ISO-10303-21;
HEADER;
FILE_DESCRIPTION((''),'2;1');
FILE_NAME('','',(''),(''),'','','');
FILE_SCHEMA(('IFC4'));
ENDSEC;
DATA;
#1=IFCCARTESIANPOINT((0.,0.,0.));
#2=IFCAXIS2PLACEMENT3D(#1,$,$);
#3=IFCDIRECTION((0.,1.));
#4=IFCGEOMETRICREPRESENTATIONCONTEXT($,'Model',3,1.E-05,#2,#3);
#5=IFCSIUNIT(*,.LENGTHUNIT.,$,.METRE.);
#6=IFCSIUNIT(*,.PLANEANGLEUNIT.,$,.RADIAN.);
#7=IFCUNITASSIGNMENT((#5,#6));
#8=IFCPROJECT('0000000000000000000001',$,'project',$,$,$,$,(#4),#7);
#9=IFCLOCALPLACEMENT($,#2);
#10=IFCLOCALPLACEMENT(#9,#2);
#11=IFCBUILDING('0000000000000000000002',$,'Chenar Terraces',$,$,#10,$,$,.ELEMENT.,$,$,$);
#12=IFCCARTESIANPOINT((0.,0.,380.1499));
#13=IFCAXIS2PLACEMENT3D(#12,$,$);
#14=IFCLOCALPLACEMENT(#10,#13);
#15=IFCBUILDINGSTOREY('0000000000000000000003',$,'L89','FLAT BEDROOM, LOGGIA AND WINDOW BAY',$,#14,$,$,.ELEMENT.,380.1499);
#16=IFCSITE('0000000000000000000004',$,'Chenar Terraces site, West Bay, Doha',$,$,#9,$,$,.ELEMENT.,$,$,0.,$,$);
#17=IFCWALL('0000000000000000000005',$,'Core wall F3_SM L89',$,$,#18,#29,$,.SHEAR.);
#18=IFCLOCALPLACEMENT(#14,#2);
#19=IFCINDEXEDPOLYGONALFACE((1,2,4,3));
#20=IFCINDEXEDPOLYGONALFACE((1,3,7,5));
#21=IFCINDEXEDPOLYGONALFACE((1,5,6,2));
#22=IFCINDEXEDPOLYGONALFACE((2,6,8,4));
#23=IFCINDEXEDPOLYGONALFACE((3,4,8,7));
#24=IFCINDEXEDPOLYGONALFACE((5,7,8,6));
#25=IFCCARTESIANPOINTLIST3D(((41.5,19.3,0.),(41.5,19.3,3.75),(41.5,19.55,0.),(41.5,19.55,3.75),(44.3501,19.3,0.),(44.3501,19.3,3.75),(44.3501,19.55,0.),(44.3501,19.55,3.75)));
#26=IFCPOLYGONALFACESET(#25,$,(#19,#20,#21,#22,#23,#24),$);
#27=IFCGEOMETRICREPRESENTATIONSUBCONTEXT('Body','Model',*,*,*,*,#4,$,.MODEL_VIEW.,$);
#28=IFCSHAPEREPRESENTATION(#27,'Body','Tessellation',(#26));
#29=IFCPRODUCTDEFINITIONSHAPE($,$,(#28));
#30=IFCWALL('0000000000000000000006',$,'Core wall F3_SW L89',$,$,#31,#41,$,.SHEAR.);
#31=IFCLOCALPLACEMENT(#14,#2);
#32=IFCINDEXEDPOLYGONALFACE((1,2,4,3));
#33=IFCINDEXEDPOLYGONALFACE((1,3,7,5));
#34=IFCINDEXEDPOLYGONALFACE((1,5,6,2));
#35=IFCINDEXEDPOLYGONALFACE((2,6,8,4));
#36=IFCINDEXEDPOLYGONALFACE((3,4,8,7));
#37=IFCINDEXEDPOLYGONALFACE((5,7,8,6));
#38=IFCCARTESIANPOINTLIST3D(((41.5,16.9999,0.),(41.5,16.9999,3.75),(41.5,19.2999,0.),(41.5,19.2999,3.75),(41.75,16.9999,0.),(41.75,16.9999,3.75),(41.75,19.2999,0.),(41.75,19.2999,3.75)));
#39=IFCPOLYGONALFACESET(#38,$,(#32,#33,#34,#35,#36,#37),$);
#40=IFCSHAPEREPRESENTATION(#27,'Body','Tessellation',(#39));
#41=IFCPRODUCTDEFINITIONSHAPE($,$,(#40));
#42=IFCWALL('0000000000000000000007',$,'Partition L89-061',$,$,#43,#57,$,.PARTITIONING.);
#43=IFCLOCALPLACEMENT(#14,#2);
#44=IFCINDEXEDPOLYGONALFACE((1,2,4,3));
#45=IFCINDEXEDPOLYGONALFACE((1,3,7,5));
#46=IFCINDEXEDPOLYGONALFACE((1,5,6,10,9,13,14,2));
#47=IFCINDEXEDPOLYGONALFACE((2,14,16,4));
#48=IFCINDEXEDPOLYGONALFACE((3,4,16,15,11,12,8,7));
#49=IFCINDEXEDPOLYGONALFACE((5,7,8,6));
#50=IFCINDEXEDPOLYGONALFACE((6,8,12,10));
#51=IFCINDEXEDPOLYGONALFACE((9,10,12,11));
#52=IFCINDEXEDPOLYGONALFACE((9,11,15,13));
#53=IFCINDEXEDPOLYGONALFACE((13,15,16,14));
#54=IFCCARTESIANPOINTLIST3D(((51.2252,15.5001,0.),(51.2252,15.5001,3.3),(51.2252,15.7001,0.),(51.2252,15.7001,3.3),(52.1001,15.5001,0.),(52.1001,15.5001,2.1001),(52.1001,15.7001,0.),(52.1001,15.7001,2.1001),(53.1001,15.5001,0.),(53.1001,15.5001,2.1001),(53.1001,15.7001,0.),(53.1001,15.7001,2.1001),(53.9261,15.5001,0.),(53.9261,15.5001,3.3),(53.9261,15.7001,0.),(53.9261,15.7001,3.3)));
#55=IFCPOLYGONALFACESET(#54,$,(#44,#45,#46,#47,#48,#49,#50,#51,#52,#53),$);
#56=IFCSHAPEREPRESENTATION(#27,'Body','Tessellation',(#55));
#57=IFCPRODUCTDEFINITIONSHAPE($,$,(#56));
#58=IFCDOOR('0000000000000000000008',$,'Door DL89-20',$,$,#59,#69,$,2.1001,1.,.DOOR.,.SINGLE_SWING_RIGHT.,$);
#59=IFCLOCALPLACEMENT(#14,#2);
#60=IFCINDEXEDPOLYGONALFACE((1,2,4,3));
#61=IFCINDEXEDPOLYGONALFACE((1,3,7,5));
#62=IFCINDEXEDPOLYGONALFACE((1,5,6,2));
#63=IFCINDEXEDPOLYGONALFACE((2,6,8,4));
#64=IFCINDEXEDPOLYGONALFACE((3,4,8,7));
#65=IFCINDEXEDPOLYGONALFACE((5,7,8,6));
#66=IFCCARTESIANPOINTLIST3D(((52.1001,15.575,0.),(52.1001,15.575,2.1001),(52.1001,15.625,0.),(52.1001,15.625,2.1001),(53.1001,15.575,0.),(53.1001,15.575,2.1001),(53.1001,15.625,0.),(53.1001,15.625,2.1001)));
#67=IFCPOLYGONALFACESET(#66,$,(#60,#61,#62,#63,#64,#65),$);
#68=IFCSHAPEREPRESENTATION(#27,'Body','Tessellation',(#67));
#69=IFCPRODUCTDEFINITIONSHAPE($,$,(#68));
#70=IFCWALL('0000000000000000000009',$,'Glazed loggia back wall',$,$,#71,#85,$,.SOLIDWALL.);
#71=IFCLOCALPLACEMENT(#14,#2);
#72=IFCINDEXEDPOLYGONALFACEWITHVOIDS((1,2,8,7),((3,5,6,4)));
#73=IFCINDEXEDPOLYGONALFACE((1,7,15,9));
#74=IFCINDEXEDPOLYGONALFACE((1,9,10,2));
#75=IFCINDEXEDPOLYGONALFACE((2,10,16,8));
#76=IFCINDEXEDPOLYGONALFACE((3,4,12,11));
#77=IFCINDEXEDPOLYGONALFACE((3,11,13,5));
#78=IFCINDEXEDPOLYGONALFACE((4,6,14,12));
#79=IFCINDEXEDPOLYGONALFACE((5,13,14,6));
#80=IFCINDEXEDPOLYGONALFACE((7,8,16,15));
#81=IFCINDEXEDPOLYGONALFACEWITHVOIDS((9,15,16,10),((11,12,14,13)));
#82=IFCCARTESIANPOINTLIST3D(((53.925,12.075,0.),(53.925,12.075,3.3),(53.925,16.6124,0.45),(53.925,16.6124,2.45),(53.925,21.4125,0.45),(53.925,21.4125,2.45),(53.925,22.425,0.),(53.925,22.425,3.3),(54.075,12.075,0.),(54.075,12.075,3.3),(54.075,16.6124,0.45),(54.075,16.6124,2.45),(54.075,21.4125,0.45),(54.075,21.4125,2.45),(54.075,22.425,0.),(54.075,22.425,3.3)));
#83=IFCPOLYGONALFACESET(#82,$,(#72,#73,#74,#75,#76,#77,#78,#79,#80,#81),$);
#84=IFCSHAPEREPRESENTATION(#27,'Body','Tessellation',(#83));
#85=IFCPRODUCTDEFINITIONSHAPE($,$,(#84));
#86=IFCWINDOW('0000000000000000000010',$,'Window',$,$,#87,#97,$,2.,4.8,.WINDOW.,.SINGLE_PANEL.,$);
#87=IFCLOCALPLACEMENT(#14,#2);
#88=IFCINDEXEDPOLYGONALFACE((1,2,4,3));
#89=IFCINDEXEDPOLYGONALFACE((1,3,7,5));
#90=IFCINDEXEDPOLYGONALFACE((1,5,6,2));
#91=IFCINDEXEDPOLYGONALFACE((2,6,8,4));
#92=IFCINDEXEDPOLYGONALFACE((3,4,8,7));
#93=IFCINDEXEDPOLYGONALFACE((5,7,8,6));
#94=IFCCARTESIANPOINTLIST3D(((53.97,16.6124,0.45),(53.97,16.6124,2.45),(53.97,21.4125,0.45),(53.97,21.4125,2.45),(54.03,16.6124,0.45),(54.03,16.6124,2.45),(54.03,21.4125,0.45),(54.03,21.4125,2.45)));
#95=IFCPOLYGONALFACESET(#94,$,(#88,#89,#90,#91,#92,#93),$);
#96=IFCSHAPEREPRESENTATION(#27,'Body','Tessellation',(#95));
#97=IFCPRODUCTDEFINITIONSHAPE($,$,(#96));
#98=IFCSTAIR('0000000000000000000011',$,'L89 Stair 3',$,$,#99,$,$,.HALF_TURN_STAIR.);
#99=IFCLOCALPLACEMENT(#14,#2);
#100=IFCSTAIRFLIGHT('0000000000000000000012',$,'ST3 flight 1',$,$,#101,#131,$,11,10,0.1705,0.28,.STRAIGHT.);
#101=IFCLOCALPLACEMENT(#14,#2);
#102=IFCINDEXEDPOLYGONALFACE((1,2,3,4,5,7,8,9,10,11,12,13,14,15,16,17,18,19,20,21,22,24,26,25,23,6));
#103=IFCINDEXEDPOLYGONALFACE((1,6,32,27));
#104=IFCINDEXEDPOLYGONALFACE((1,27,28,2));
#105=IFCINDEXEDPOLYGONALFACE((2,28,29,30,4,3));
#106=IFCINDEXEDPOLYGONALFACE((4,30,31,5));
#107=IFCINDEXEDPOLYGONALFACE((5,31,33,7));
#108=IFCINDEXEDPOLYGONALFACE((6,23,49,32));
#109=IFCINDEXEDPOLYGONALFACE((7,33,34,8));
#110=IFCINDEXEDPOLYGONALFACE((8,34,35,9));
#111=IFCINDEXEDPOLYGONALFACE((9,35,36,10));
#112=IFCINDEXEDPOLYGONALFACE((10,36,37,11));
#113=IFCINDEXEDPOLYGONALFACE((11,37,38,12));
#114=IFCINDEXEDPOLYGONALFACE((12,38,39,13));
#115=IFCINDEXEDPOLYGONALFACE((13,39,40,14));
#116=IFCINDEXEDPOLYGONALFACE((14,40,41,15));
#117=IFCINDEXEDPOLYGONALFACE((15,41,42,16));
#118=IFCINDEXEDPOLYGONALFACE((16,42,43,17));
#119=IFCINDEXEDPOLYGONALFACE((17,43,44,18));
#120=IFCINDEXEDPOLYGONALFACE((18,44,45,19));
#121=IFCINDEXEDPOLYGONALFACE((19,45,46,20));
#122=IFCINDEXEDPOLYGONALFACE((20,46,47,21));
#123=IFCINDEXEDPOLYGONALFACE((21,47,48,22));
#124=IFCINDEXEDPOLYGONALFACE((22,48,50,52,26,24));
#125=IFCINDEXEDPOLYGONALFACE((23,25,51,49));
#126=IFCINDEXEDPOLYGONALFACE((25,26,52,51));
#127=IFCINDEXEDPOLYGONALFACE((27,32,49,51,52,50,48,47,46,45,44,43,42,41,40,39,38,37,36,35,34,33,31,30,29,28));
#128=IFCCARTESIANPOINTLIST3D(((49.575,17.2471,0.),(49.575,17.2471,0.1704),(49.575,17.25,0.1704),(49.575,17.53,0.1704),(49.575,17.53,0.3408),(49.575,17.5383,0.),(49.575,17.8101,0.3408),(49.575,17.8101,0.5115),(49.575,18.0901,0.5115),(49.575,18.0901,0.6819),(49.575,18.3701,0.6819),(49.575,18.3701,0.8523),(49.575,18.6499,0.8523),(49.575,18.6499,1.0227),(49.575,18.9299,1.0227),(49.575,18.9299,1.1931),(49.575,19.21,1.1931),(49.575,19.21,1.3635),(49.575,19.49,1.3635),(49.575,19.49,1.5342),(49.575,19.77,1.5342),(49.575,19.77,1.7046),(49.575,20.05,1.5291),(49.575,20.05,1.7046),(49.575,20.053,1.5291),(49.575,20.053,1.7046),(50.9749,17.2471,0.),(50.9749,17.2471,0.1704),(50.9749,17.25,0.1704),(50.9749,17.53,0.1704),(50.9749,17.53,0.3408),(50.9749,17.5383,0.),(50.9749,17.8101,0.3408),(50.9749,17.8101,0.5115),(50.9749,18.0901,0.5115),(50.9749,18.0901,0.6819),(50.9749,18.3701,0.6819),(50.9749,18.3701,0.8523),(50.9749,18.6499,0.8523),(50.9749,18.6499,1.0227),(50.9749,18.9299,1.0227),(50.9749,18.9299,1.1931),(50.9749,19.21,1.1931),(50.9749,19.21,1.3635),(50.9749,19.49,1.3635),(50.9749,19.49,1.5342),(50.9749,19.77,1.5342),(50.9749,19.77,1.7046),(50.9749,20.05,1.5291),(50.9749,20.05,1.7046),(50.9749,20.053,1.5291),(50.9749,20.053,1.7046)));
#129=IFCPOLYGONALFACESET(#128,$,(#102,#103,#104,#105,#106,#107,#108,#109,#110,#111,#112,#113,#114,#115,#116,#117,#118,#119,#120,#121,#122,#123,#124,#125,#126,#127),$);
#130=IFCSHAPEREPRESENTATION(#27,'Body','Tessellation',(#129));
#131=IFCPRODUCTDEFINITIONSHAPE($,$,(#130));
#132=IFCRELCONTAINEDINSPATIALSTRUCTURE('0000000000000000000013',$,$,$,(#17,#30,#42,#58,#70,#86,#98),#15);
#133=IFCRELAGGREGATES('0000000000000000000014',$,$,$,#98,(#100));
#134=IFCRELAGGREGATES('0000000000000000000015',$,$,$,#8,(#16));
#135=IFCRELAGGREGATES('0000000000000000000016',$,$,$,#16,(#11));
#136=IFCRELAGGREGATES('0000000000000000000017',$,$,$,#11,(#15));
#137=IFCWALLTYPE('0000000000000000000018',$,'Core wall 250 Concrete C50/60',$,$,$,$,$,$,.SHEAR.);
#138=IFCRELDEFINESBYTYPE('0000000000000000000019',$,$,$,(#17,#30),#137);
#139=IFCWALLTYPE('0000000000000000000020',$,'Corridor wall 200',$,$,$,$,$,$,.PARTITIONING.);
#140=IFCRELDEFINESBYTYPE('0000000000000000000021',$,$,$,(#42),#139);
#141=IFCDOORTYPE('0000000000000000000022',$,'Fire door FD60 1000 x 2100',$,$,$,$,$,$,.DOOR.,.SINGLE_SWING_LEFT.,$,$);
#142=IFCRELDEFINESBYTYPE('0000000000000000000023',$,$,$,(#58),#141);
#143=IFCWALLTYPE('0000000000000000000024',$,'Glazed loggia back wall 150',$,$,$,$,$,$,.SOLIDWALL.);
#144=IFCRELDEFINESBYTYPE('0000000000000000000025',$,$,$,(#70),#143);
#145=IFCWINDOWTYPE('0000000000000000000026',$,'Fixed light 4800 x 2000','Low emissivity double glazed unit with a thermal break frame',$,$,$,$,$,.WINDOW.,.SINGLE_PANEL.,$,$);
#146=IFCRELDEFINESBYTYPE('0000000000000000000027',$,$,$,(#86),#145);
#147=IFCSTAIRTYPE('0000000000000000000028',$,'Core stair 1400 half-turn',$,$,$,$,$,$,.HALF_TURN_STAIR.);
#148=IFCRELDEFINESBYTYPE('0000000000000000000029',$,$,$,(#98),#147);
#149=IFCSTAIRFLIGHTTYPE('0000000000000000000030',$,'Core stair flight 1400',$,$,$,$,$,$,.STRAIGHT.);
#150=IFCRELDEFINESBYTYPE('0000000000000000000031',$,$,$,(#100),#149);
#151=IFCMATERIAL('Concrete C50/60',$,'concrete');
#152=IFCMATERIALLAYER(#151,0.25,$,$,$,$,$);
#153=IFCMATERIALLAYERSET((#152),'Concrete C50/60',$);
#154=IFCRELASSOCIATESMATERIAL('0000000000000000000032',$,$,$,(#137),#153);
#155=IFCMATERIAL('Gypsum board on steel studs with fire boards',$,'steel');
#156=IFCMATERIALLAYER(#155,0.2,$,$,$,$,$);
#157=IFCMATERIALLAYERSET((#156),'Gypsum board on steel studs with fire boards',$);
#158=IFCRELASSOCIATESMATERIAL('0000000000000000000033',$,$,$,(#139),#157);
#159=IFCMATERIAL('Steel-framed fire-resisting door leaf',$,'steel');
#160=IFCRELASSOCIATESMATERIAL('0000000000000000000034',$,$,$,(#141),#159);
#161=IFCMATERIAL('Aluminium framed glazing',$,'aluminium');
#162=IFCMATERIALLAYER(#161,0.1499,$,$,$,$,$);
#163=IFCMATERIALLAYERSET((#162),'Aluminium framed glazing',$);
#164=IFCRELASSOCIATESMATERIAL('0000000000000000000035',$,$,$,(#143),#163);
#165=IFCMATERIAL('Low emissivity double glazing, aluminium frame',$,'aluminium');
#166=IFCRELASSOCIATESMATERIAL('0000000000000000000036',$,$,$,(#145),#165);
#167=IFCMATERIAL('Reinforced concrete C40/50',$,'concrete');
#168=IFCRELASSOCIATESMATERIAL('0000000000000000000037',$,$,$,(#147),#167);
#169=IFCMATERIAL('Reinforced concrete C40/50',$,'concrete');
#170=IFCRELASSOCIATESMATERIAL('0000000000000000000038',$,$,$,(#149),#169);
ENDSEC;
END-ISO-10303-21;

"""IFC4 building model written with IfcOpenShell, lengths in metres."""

from ifc_helpers import new_model, si_unit, direction, frame, frame_2d, origin, place, context, subcontext, project, spatial, polyline, rectangle, outline, extrude, material, layer, layer_set, type_object, element, fill, aggregate, save


model = new_model("IFC4")

# Units and contexts
model_context = context("Model", 3, precision=1e-05, world=origin(), true_north=direction((0.0, 1.0)))
body_context = subcontext(model_context, "Body", "Model", "MODEL_VIEW")
ifc_project = project(units=[si_unit("LENGTHUNIT", "METRE"), si_unit("PLANEANGLEUNIT", "RADIAN")], contexts=[model_context])

# Site, building, storey
site_placement = place(None, origin())
site = spatial("IfcSite", under=ifc_project, at=site_placement, Name="Chenar Terraces site, West Bay, Doha", CompositionType="ELEMENT", RefElevation=0.0)
building_placement = place(site_placement, origin())
building = spatial("IfcBuilding", under=site, at=building_placement, Name="Chenar Terraces", CompositionType="ELEMENT")
storey_placement = place(building_placement, frame((0.0, 0.0, 380.1499)))
storey = spatial("IfcBuildingStorey", under=building, at=storey_placement, Name="L89", Description="FLAT BEDROOM, LOGGIA AND WINDOW BAY", CompositionType="ELEMENT", Elevation=380.1499)

# Shared definitions
ifc_material_1 = material(Name="Concrete C50/60", Category="concrete")
ifc_layer_1 = layer(ifc_material_1, 0.25)
ifc_layer_set_1 = layer_set([ifc_layer_1], Name="Concrete C50/60")
wall_type_1 = type_object("IfcWallType", Name="Core wall 250 Concrete C50/60", PredefinedType="SHEAR", material=ifc_layer_set_1)

# Walls
for number, where, z_axis, x_axis, name in (
    (1, (41.5, 19.425, 0.0), (0.0, 0.0, 1.0), (1.0, 0.0, 0.0), "Core wall F3_SM L89"),
):
    element("IfcWall", number, at=place(storey_placement, frame(where, z_axis=z_axis, x_axis=x_axis)), inside=storey, type_object=wall_type_1, Name=name, PredefinedType="SHEAR", context=body_context, shape_type="SweptSolid", body=[
        extrude(rectangle(XDim=2.8501, YDim=0.25, at=frame_2d((1.425, 0.0))), origin(), (0.0, 0.0, 1.0), 3.75),
    ])
wall_1_placement = place(storey_placement, frame((41.625, 17.0, 0.0), z_axis=(0.0, 0.0, 1.0), x_axis=(0.0, 1.0, 0.0)))
element("IfcWall", 2, at=wall_1_placement, inside=storey, type_object=wall_type_1, Name="Core wall F3_SW L89", PredefinedType="SHEAR", context=body_context, shape_type="SweptSolid", body=[
    extrude(rectangle(XDim=2.3, YDim=0.25, at=frame_2d((1.1499, 0.0))), origin(), (0.0, 0.0, 1.0), 3.75),
])

# Wall, opening, door
ifc_material_2 = material(Name="Gypsum board on steel studs with fire boards", Category="steel")
ifc_layer_2 = layer(ifc_material_2, 0.2)
ifc_layer_set_2 = layer_set([ifc_layer_2], Name="Gypsum board on steel studs with fire boards")
wall_type_2 = type_object("IfcWallType", Name="Corridor wall 200", PredefinedType="PARTITIONING", material=ifc_layer_set_2)
wall_2_placement = place(storey_placement, frame((51.2251, 15.6001, 0.0), z_axis=(0.0, 0.0, 1.0), x_axis=(1.0, 0.0, 0.0)))
wall_2 = element("IfcWall", 3, at=wall_2_placement, inside=storey, type_object=wall_type_2, Name="Partition L89-061", PredefinedType="PARTITIONING", context=body_context, shape_type="SweptSolid", body=[
    extrude(rectangle(XDim=2.7009, YDim=0.2, at=frame_2d((1.3506, 0.0))), origin(), (0.0, 0.0, 1.0), 3.3),
])
opening_1_placement = place(wall_2_placement, frame((0.875, 0.0, 0.0)))
opening_1 = element("IfcOpeningElement", 4, at=opening_1_placement, cuts=wall_2, PredefinedType="OPENING", context=body_context, shape_type="SweptSolid", body=[
    extrude(rectangle(XDim=1.0, YDim=2.1001, at=frame_2d((0.5, 1.05))), frame((0.0, 0.1099, 0.0), z_axis=(0.0, -1.0, 0.0), x_axis=(1.0, 0.0, 0.0)), (0.0, 0.0, 1.0), 0.22),
])
ifc_material_3 = material(Name="Steel-framed fire-resisting door leaf", Category="steel")
door_type_1 = type_object("IfcDoorType", Name="Fire door FD60 1000 x 2100", OperationType="SINGLE_SWING_LEFT", PredefinedType="DOOR", material=ifc_material_3)
door_1_placement = place(opening_1_placement, origin())
door_1 = element("IfcDoor", 5, at=door_1_placement, inside=storey, type_object=door_type_1, Name="Door DL89-20", OperationType="SINGLE_SWING_RIGHT", OverallHeight=2.1001, OverallWidth=1.0, PredefinedType="DOOR", context=body_context, shape_type="SweptSolid", body=[
    extrude(rectangle(XDim=1.0, YDim=2.1001, at=frame_2d((0.5, 1.05))), frame((0.0, 0.0249, 0.0), z_axis=(0.0, -1.0, 0.0), x_axis=(1.0, 0.0, 0.0)), (0.0, 0.0, 1.0), 0.05),
])
fill(opening_1, door_1)

# Wall, opening, window
ifc_material_4 = material(Name="Aluminium framed glazing", Category="aluminium")
ifc_layer_3 = layer(ifc_material_4, 0.1499)
ifc_layer_set_3 = layer_set([ifc_layer_3], Name="Aluminium framed glazing")
wall_type_3 = type_object("IfcWallType", Name="Glazed loggia back wall 150", PredefinedType="SOLIDWALL", material=ifc_layer_set_3)
wall_3_placement = place(storey_placement, frame((54.0, 12.075, 0.0), z_axis=(0.0, 0.0, 1.0), x_axis=(0.0, 1.0, 0.0)))
wall_3 = element("IfcWall", 6, at=wall_3_placement, inside=storey, type_object=wall_type_3, Name="Glazed loggia back wall", PredefinedType="SOLIDWALL", context=body_context, shape_type="SweptSolid", body=[
    extrude(rectangle(XDim=10.3501, YDim=0.1499, at=frame_2d((5.175, 0.0))), origin(), (0.0, 0.0, 1.0), 3.3),
])
opening_2_placement = place(wall_3_placement, frame((4.5376, 0.0, 0.45)))
opening_2 = element("IfcOpeningElement", 7, at=opening_2_placement, cuts=wall_3, PredefinedType="OPENING", context=body_context, shape_type="SweptSolid", body=[
    extrude(rectangle(XDim=4.8, YDim=2.0, at=frame_2d((2.3999, 1.0))), frame((0.0, 0.085, 0.0), z_axis=(0.0, -1.0, 0.0), x_axis=(1.0, 0.0, 0.0)), (0.0, 0.0, 1.0), 0.1699),
])
ifc_material_5 = material(Name="Low emissivity double glazing, aluminium frame", Category="aluminium")
window_type = type_object("IfcWindowType", Name="Fixed light 4800 x 2000", Description="Low emissivity double glazed unit with a thermal break frame", PartitioningType="SINGLE_PANEL", PredefinedType="WINDOW", material=ifc_material_5)
window_placement = place(opening_2_placement, origin())
window = element("IfcWindow", 8, at=window_placement, inside=storey, type_object=window_type, Name="Window", OverallHeight=2.0, OverallWidth=4.8, PartitioningType="SINGLE_PANEL", PredefinedType="WINDOW", context=body_context, shape_type="SweptSolid", body=[
    extrude(rectangle(XDim=4.8, YDim=2.0, at=frame_2d((2.3999, 1.0))), frame((0.0, 0.03, 0.0), z_axis=(0.0, -1.0, 0.0), x_axis=(1.0, 0.0, 0.0)), (0.0, 0.0, 1.0), 0.0601),
])
fill(opening_2, window)

# Stair, stair flight
ifc_material_6 = material(Name="Reinforced concrete C40/50", Category="concrete")
stair_type = type_object("IfcStairType", Name="Core stair 1400 half-turn", PredefinedType="HALF_TURN_STAIR", material=ifc_material_6)
stair_placement = place(storey_placement, origin())
stair = element("IfcStair", 9, at=stair_placement, inside=storey, type_object=stair_type, Name="L89 Stair 3", PredefinedType="HALF_TURN_STAIR")
ifc_material_7 = material(Name="Reinforced concrete C40/50", Category="concrete")
stair_flight_type = type_object("IfcStairFlightType", Name="Core stair flight 1400", PredefinedType="STRAIGHT", material=ifc_material_7)
stair_flight_placement = place(storey_placement, frame((50.2749, 17.25, 0.0), z_axis=(0.0, 0.0, 1.0), x_axis=(0.0, 1.0, 0.0)))
stair_flight = element("IfcStairFlight", 10, at=stair_flight_placement, type_object=stair_flight_type, Name="ST3 flight 1", NumberOfRisers=11, NumberOfTreads=10, PredefinedType="STRAIGHT", RiserHeight=0.1705, TreadLength=0.28, context=body_context, shape_type="SweptSolid", body=[
    extrude(outline(polyline([(-0.0029, 0.0), (-0.0029, 0.1704), (0.0, 0.1704), (0.28, 0.1704), (0.28, 0.3408), (0.5601, 0.3408), (0.5601, 0.5115), (0.8401, 0.5115), (0.8401, 0.6819), (1.1201, 0.6819), (1.1201, 0.8523), (1.3999, 0.8523), (1.3999, 1.0227), (1.6799, 1.0227), (1.6799, 1.1931), (1.96, 1.1931), (1.96, 1.3635), (2.24, 1.3635), (2.24, 1.5342), (2.52, 1.5342), (2.52, 1.7046), (2.8, 1.7046), (2.803, 1.7046), (2.803, 1.5291), (2.8, 1.5291), (0.2883, 0.0), (-0.0029, 0.0)])), frame((0.0, 0.7, 0.0), z_axis=(0.0, -1.0, 0.0), x_axis=(1.0, 0.0, 0.0)), (0.0, 0.0, 1.0), 1.3999),
])
aggregate(stair, [stair_flight])

save(model, "model.ifc")
